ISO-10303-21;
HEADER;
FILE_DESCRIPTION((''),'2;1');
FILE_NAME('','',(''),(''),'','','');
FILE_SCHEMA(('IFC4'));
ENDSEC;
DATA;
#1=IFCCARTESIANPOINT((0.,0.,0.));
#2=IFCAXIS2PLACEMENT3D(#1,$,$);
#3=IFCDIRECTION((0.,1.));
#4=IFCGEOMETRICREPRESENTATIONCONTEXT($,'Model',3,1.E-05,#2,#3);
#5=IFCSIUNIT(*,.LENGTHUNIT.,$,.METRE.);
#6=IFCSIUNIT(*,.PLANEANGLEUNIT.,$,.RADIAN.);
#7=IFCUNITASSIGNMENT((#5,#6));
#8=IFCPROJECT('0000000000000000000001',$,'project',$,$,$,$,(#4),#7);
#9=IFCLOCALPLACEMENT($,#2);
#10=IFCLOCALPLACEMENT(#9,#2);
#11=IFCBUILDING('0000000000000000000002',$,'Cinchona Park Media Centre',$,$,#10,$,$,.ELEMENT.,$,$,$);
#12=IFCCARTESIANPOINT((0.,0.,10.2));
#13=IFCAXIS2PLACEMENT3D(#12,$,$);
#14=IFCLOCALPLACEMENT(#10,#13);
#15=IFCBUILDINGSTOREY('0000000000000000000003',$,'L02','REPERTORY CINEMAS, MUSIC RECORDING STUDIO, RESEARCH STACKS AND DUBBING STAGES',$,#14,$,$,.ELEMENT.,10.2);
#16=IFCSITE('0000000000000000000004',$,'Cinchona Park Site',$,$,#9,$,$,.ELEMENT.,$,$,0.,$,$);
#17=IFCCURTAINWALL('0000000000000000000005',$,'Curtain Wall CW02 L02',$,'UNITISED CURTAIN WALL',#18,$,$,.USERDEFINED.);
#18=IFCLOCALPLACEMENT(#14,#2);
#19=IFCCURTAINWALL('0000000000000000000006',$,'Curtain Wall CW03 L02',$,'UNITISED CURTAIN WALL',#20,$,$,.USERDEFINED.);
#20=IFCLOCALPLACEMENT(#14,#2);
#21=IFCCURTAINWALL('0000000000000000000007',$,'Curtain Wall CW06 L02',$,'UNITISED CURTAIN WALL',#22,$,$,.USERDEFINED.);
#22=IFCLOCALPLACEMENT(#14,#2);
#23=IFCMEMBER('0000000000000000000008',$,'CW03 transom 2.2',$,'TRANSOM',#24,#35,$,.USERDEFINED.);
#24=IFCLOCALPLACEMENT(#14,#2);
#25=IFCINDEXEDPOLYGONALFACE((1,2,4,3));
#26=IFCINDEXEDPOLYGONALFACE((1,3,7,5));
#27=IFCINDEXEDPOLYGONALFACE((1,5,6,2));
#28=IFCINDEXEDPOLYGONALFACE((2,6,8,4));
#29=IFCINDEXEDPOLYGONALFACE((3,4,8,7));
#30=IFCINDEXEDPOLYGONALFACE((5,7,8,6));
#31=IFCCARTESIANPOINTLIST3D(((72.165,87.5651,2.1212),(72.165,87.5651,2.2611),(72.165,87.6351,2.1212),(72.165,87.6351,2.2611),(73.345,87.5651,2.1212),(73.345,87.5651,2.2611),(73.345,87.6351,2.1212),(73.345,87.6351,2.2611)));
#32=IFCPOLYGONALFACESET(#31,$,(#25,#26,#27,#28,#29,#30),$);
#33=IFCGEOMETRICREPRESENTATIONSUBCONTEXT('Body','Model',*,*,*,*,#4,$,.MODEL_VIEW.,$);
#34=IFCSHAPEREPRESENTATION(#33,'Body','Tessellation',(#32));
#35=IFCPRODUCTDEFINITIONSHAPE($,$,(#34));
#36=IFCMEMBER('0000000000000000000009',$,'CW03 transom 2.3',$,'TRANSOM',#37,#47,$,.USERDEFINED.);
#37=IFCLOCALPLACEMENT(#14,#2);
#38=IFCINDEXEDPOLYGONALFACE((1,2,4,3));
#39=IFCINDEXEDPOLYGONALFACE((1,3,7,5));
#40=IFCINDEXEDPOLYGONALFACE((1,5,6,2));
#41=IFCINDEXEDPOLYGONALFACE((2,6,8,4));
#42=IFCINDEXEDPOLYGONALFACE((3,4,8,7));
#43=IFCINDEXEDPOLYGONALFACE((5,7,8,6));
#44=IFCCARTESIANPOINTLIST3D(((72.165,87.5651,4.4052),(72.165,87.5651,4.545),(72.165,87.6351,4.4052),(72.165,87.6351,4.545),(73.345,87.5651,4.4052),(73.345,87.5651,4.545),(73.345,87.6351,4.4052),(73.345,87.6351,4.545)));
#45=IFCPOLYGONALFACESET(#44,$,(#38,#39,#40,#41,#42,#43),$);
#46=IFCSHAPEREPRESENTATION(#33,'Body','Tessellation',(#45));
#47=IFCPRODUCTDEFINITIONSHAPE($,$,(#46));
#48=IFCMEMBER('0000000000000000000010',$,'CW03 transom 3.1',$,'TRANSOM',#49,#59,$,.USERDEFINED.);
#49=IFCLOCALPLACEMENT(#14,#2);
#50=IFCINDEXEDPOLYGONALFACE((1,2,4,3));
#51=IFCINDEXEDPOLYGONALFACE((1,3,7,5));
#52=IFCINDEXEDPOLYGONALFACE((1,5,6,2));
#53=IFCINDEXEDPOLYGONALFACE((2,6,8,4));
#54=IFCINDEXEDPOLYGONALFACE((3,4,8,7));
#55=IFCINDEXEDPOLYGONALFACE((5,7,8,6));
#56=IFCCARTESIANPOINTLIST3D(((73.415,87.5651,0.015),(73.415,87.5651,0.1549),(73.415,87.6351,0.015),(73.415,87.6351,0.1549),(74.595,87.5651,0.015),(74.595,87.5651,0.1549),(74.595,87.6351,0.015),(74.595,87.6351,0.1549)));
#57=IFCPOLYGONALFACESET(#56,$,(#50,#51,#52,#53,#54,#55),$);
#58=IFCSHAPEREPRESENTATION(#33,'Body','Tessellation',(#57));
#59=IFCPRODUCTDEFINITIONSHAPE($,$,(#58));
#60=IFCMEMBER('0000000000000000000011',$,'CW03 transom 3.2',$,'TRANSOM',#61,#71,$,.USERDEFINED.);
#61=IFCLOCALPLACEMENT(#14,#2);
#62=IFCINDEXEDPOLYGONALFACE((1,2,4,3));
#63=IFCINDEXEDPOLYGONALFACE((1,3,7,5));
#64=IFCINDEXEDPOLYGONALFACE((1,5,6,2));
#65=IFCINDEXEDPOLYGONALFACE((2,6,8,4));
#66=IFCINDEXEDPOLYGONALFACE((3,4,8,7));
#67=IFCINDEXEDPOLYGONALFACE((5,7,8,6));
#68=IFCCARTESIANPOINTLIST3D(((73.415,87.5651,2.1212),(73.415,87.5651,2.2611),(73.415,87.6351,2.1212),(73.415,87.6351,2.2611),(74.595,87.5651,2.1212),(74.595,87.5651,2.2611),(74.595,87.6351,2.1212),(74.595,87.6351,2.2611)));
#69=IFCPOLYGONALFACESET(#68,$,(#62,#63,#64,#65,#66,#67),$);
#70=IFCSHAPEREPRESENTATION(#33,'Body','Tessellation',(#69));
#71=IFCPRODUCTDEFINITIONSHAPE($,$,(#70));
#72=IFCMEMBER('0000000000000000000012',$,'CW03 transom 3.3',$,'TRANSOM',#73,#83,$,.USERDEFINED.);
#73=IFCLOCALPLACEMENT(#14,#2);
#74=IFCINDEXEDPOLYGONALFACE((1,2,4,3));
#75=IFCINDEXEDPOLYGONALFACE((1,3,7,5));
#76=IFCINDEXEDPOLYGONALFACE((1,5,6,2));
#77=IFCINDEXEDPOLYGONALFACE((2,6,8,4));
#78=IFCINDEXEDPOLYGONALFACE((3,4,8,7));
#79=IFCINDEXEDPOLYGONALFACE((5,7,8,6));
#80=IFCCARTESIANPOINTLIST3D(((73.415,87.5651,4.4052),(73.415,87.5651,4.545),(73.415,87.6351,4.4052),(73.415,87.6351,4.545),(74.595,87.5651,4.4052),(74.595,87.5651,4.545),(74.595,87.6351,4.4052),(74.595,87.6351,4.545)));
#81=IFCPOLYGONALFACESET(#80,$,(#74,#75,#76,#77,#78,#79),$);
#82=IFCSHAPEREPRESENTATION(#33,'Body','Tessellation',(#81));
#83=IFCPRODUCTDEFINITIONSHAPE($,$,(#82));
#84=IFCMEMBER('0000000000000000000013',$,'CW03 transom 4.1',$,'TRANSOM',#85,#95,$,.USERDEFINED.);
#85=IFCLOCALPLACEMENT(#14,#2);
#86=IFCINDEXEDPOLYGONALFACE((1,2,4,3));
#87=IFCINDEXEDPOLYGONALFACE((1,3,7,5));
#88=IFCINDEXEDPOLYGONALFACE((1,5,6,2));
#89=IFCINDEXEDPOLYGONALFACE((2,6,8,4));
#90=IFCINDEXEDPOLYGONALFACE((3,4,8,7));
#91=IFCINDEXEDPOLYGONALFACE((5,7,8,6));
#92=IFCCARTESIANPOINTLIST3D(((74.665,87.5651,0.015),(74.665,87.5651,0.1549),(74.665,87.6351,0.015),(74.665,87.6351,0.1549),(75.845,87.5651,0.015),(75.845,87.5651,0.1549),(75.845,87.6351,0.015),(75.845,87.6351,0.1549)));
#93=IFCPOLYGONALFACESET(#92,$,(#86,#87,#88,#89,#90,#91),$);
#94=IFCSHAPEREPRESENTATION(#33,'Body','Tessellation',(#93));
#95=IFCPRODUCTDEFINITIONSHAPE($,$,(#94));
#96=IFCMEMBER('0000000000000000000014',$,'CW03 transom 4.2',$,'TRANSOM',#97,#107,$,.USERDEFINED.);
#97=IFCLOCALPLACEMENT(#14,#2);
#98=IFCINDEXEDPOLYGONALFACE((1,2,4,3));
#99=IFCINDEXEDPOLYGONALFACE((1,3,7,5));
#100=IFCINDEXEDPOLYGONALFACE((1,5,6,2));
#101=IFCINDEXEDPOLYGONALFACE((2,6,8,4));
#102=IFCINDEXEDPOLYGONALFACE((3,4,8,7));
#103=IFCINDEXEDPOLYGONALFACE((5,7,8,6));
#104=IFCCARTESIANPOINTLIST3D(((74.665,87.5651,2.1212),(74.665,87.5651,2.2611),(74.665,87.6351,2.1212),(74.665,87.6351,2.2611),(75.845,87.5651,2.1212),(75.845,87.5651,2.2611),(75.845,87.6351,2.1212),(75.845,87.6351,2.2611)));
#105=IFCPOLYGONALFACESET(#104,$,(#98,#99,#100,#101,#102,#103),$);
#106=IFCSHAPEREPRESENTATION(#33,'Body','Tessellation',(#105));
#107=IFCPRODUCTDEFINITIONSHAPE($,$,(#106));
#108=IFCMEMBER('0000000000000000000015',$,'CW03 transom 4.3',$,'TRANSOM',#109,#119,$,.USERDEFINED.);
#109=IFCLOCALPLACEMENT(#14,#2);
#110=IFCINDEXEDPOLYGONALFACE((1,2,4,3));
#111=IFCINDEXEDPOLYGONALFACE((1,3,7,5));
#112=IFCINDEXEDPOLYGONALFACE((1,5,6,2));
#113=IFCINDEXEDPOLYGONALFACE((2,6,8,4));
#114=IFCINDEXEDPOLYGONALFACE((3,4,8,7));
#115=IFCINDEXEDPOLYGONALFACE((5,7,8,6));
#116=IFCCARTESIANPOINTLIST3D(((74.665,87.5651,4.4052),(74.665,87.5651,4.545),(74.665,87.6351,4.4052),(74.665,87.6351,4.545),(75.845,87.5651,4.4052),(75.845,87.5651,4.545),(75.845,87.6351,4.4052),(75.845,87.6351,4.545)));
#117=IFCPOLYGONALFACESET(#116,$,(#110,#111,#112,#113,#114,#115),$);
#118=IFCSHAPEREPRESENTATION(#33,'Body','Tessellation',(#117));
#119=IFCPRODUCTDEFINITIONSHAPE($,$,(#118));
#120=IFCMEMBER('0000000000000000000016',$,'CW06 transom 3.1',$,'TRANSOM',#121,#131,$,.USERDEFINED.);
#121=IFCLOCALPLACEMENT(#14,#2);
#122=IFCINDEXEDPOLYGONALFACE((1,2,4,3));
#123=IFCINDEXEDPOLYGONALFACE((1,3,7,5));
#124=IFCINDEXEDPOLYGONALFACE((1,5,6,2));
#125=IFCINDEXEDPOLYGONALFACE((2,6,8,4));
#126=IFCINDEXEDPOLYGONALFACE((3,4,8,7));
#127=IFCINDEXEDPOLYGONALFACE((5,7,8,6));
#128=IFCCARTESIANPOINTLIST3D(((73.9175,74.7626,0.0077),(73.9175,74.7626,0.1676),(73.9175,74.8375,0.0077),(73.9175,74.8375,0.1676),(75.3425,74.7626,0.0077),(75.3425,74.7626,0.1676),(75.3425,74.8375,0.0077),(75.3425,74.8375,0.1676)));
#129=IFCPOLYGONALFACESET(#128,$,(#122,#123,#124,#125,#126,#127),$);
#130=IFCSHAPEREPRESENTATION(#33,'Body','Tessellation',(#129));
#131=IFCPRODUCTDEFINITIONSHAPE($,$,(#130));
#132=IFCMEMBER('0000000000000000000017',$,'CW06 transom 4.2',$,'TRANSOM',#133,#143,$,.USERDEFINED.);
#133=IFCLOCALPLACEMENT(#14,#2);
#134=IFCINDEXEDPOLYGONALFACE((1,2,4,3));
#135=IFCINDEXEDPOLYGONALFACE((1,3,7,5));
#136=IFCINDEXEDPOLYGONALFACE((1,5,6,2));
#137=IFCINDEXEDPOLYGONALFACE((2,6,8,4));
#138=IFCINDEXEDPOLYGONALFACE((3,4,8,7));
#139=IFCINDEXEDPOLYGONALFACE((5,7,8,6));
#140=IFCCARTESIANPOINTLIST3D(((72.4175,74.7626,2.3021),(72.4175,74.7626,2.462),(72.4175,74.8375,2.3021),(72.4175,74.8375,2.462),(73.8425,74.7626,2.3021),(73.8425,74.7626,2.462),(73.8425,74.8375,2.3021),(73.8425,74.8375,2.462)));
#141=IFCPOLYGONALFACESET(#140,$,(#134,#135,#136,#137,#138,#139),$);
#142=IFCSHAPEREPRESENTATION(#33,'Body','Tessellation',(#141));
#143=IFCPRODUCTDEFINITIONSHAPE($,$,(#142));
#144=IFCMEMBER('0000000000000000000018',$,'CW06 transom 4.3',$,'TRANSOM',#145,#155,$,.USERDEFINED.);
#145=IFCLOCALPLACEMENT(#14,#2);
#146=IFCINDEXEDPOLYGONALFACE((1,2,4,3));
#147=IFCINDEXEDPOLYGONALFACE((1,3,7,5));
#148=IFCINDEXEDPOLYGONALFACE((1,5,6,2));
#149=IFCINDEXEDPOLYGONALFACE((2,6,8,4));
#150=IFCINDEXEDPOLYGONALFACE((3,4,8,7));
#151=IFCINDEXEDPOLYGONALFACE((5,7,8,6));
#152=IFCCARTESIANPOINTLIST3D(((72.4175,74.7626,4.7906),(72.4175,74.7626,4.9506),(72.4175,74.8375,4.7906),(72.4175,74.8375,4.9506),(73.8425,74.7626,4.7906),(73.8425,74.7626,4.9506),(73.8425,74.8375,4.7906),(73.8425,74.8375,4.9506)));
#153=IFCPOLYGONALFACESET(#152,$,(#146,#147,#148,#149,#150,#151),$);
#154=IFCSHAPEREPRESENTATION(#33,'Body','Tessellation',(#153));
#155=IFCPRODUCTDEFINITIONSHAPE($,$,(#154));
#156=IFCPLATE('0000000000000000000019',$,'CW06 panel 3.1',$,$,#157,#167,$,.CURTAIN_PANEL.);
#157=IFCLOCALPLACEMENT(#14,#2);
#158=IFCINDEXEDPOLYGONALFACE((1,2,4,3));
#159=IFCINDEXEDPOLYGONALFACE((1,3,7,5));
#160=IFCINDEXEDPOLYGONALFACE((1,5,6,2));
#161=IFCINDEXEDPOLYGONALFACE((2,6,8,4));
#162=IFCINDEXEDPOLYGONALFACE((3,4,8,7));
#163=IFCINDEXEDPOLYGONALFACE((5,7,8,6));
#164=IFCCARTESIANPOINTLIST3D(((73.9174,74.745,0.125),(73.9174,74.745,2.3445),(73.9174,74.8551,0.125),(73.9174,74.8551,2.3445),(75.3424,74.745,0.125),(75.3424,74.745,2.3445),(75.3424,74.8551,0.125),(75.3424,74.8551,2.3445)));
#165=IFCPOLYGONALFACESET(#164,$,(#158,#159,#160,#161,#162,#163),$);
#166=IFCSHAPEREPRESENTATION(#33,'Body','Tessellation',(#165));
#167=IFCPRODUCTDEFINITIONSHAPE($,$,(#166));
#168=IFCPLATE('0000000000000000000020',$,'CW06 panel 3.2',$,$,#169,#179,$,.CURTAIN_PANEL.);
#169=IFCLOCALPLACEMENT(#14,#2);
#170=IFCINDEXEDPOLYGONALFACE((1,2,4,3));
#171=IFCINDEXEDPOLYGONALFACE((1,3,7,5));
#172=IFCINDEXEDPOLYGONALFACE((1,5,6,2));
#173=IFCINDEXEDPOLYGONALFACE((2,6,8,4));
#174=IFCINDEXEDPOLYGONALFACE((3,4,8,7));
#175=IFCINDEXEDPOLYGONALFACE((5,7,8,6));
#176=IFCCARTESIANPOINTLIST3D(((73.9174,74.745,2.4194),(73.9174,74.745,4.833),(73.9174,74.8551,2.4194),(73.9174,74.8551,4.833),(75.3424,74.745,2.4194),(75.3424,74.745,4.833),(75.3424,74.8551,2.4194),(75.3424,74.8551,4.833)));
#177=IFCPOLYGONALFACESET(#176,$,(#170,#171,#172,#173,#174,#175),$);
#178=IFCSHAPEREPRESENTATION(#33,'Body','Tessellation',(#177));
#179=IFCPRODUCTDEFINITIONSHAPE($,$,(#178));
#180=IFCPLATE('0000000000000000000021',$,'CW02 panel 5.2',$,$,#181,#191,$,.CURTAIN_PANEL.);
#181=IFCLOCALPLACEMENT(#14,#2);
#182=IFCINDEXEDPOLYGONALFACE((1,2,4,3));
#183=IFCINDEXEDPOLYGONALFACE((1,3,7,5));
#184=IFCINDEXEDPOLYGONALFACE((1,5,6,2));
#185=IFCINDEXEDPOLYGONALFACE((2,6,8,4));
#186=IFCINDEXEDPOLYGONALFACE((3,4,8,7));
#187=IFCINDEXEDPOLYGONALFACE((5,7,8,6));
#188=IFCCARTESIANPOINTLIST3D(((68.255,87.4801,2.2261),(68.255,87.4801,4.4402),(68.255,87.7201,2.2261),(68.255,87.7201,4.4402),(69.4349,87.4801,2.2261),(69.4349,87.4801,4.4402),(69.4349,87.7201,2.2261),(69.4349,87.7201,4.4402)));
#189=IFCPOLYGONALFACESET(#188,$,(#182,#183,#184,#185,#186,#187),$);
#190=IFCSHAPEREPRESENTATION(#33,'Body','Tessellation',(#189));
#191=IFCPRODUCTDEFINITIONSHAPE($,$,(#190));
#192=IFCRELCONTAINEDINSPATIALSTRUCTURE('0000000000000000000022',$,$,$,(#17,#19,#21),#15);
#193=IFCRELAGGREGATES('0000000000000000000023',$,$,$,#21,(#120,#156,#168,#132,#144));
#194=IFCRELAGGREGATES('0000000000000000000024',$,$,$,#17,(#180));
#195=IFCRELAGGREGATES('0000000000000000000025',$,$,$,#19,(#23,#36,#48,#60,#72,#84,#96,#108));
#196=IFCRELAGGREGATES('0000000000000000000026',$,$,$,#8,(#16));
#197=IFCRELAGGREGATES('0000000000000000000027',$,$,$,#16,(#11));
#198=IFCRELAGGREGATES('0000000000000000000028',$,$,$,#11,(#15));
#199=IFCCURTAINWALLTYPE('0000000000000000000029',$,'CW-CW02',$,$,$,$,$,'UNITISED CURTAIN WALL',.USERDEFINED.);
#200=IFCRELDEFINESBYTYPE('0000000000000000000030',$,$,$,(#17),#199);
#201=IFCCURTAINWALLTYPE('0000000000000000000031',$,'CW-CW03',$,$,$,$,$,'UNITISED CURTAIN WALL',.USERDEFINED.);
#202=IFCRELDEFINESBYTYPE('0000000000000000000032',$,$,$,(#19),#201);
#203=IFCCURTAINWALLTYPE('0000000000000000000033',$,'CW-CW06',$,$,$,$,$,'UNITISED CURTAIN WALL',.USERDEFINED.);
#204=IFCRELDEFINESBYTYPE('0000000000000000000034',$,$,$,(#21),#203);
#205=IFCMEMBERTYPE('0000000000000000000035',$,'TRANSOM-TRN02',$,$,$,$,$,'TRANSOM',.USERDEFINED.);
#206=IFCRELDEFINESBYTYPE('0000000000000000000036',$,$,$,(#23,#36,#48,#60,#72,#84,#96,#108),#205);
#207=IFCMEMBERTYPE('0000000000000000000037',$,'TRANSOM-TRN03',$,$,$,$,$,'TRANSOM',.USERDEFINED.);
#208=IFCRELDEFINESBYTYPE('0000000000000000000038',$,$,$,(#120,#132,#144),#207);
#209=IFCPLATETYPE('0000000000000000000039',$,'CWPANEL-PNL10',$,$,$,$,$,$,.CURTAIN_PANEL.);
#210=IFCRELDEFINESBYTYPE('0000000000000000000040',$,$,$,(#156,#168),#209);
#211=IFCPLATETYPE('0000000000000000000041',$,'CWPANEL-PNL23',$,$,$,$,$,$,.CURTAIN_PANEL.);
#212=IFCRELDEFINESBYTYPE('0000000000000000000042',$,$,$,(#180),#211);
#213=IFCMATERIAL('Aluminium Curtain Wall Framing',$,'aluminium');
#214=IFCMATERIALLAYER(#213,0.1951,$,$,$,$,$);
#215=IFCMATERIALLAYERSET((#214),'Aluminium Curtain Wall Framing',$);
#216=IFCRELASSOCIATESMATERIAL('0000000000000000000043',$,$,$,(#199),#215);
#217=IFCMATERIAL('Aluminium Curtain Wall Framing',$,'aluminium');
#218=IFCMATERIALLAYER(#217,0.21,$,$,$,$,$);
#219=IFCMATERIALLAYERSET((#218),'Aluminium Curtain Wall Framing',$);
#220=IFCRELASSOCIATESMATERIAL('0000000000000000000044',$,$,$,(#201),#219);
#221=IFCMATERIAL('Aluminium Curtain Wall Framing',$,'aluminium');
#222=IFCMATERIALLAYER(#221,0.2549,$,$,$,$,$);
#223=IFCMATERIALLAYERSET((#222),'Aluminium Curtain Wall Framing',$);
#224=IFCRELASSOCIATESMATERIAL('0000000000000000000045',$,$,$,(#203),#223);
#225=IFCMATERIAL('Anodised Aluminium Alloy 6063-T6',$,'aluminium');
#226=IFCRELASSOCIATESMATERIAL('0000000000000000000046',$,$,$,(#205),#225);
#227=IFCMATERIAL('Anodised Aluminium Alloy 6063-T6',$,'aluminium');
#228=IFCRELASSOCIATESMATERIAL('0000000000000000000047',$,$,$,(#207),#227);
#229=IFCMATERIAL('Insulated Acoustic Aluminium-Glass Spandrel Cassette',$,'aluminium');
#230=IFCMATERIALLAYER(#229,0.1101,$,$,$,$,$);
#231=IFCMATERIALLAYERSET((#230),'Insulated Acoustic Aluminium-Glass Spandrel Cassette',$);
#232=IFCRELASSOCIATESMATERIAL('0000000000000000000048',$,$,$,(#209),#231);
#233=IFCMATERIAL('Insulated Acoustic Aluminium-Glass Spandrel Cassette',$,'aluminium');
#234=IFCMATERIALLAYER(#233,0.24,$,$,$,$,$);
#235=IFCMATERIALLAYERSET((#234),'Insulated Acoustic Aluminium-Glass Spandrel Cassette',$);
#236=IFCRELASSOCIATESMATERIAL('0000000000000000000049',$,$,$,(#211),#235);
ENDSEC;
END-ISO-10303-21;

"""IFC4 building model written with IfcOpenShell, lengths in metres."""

from ifc_helpers import new_model, si_unit, direction, frame, origin, origin_2d, place, context, subcontext, project, spatial, rectangle, extrude, material, layer, layer_set, material_profile, profile_set, type_object, element, aggregate, save


model = new_model("IFC4")

# Units and contexts
model_context = context("Model", 3, precision=1e-05, world=origin(), true_north=direction((0.0, 1.0)))
body_context = subcontext(model_context, "Body", "Model", "MODEL_VIEW")
ifc_project = project(units=[si_unit("LENGTHUNIT", "METRE"), si_unit("PLANEANGLEUNIT", "RADIAN")], contexts=[model_context])

# Site, building, storey
site_placement = place(None, origin())
site = spatial("IfcSite", under=ifc_project, at=site_placement, Name="Cinchona Park Site", CompositionType="ELEMENT", RefElevation=0.0)
building_placement = place(site_placement, origin())
building = spatial("IfcBuilding", under=site, at=building_placement, Name="Cinchona Park Media Centre", CompositionType="ELEMENT")
storey_placement = place(building_placement, frame((0.0, 0.0, 10.2)))
storey = spatial("IfcBuildingStorey", under=building, at=storey_placement, Name="L02", Description="REPERTORY CINEMAS, MUSIC RECORDING STUDIO, RESEARCH STACKS AND DUBBING STAGES", CompositionType="ELEMENT", Elevation=10.2)

# Curtain walls
ifc_material_1 = material(Name="Aluminium Curtain Wall Framing", Category="aluminium")
ifc_layer_1 = layer(ifc_material_1, 0.1951)
ifc_layer_set_1 = layer_set([ifc_layer_1], Name="Aluminium Curtain Wall Framing")
curtain_wall_type_1 = type_object("IfcCurtainWallType", Name="CW-CW02", ElementType="UNITISED CURTAIN WALL", PredefinedType="USERDEFINED", material=ifc_layer_set_1)
curtain_wall_1_placement = place(storey_placement, origin())
curtain_wall_1 = element("IfcCurtainWall", 1, at=curtain_wall_1_placement, inside=storey, type_object=curtain_wall_type_1, Name="Curtain Wall CW02 L02", ObjectType="UNITISED CURTAIN WALL", PredefinedType="USERDEFINED")
ifc_material_2 = material(Name="Aluminium Curtain Wall Framing", Category="aluminium")
ifc_layer_2 = layer(ifc_material_2, 0.21)
ifc_layer_set_2 = layer_set([ifc_layer_2], Name="Aluminium Curtain Wall Framing")
curtain_wall_type_2 = type_object("IfcCurtainWallType", Name="CW-CW03", ElementType="UNITISED CURTAIN WALL", PredefinedType="USERDEFINED", material=ifc_layer_set_2)
curtain_wall_2_placement = place(storey_placement, origin())
curtain_wall_2 = element("IfcCurtainWall", 2, at=curtain_wall_2_placement, inside=storey, type_object=curtain_wall_type_2, Name="Curtain Wall CW03 L02", ObjectType="UNITISED CURTAIN WALL", PredefinedType="USERDEFINED")

# Curtain wall
ifc_material_3 = material(Name="Aluminium Curtain Wall Framing", Category="aluminium")
ifc_layer_3 = layer(ifc_material_3, 0.2549)
ifc_layer_set_3 = layer_set([ifc_layer_3], Name="Aluminium Curtain Wall Framing")
curtain_wall_type_3 = type_object("IfcCurtainWallType", Name="CW-CW06", ElementType="UNITISED CURTAIN WALL", PredefinedType="USERDEFINED", material=ifc_layer_set_3)
curtain_wall_3_placement = place(storey_placement, origin())
curtain_wall_3 = element("IfcCurtainWall", 3, at=curtain_wall_3_placement, inside=storey, type_object=curtain_wall_type_3, Name="Curtain Wall CW06 L02", ObjectType="UNITISED CURTAIN WALL", PredefinedType="USERDEFINED")

# Members
ifc_material_4 = material(Name="Anodised Aluminium Alloy 6063-T6", Category="aluminium")
ifc_material_profile_1 = material_profile(ifc_material_4, rectangle(XDim=0.0701, YDim=0.1399, at=origin_2d()), Name="TRN-70X140")
ifc_profile_set_1 = profile_set([ifc_material_profile_1], Name="Anodised Aluminium Alloy 6063-T6")
member_type_1 = type_object("IfcMemberType", Name="TRANSOM-TRN02", ElementType="TRANSOM", PredefinedType="USERDEFINED", material=ifc_profile_set_1)
member_1_placement = place(storey_placement, frame((72.165, 87.6001, 2.1912), z_axis=(1.0, 0.0, 0.0), x_axis=(0.0, 1.0, 0.0)))
member_1 = element("IfcMember", 4, at=member_1_placement, type_object=member_type_1, Name="CW03 transom 2.2", ObjectType="TRANSOM", PredefinedType="USERDEFINED", context=body_context, shape_type="SweptSolid", body=[
    extrude(rectangle(XDim=0.0701, YDim=0.1399, at=origin_2d()), origin(), (0.0, 0.0, 1.0), 1.1799),
])
member_2_placement = place(storey_placement, frame((72.165, 87.6001, 4.4751), z_axis=(1.0, 0.0, 0.0), x_axis=(0.0, 1.0, 0.0)))
member_2 = element("IfcMember", 5, at=member_2_placement, type_object=member_type_1, Name="CW03 transom 2.3", ObjectType="TRANSOM", PredefinedType="USERDEFINED", context=body_context, shape_type="SweptSolid", body=[
    extrude(rectangle(XDim=0.0701, YDim=0.1399, at=origin_2d()), origin(), (0.0, 0.0, 1.0), 1.1799),
])
member_3_placement = place(storey_placement, frame((73.415, 87.6001, 0.085), z_axis=(1.0, 0.0, 0.0), x_axis=(0.0, 1.0, 0.0)))
member_3 = element("IfcMember", 6, at=member_3_placement, type_object=member_type_1, Name="CW03 transom 3.1", ObjectType="TRANSOM", PredefinedType="USERDEFINED", context=body_context, shape_type="SweptSolid", body=[
    extrude(rectangle(XDim=0.0701, YDim=0.1399, at=origin_2d()), origin(), (0.0, 0.0, 1.0), 1.1799),
])
member_4_placement = place(storey_placement, frame((73.415, 87.6001, 2.1912), z_axis=(1.0, 0.0, 0.0), x_axis=(0.0, 1.0, 0.0)))
member_4 = element("IfcMember", 7, at=member_4_placement, type_object=member_type_1, Name="CW03 transom 3.2", ObjectType="TRANSOM", PredefinedType="USERDEFINED", context=body_context, shape_type="SweptSolid", body=[
    extrude(rectangle(XDim=0.0701, YDim=0.1399, at=origin_2d()), origin(), (0.0, 0.0, 1.0), 1.1799),
])
member_5_placement = place(storey_placement, frame((73.415, 87.6001, 4.4751), z_axis=(1.0, 0.0, 0.0), x_axis=(0.0, 1.0, 0.0)))
member_5 = element("IfcMember", 8, at=member_5_placement, type_object=member_type_1, Name="CW03 transom 3.3", ObjectType="TRANSOM", PredefinedType="USERDEFINED", context=body_context, shape_type="SweptSolid", body=[
    extrude(rectangle(XDim=0.0701, YDim=0.1399, at=origin_2d()), origin(), (0.0, 0.0, 1.0), 1.1799),
])
member_6_placement = place(storey_placement, frame((74.665, 87.6001, 0.085), z_axis=(1.0, 0.0, 0.0), x_axis=(0.0, 1.0, 0.0)))
member_6 = element("IfcMember", 9, at=member_6_placement, type_object=member_type_1, Name="CW03 transom 4.1", ObjectType="TRANSOM", PredefinedType="USERDEFINED", context=body_context, shape_type="SweptSolid", body=[
    extrude(rectangle(XDim=0.0701, YDim=0.1399, at=origin_2d()), origin(), (0.0, 0.0, 1.0), 1.1799),
])
member_7_placement = place(storey_placement, frame((74.665, 87.6001, 2.1912), z_axis=(1.0, 0.0, 0.0), x_axis=(0.0, 1.0, 0.0)))
member_7 = element("IfcMember", 10, at=member_7_placement, type_object=member_type_1, Name="CW03 transom 4.2", ObjectType="TRANSOM", PredefinedType="USERDEFINED", context=body_context, shape_type="SweptSolid", body=[
    extrude(rectangle(XDim=0.0701, YDim=0.1399, at=origin_2d()), origin(), (0.0, 0.0, 1.0), 1.1799),
])
member_8_placement = place(storey_placement, frame((74.665, 87.6001, 4.4751), z_axis=(1.0, 0.0, 0.0), x_axis=(0.0, 1.0, 0.0)))
member_8 = element("IfcMember", 11, at=member_8_placement, type_object=member_type_1, Name="CW03 transom 4.3", ObjectType="TRANSOM", PredefinedType="USERDEFINED", context=body_context, shape_type="SweptSolid", body=[
    extrude(rectangle(XDim=0.0701, YDim=0.1399, at=origin_2d()), origin(), (0.0, 0.0, 1.0), 1.1799),
])
ifc_material_5 = material(Name="Anodised Aluminium Alloy 6063-T6", Category="aluminium")
ifc_material_profile_2 = material_profile(ifc_material_5, rectangle(XDim=0.075, YDim=0.1599, at=origin_2d()), Name="TRN-75X160")
ifc_profile_set_2 = profile_set([ifc_material_profile_2], Name="Anodised Aluminium Alloy 6063-T6")
member_type_2 = type_object("IfcMemberType", Name="TRANSOM-TRN03", ElementType="TRANSOM", PredefinedType="USERDEFINED", material=ifc_profile_set_2)
member_9_placement = place(storey_placement, frame((75.3425, 74.8, 0.0876), z_axis=(-1.0, 0.0, 0.0), x_axis=(0.0, -1.0, 0.0)))
member_9 = element("IfcMember", 12, at=member_9_placement, type_object=member_type_2, Name="CW06 transom 3.1", ObjectType="TRANSOM", PredefinedType="USERDEFINED", context=body_context, shape_type="SweptSolid", body=[
    extrude(rectangle(XDim=0.075, YDim=0.1599, at=origin_2d()), origin(), (0.0, 0.0, 1.0), 1.425),
])
member_10_placement = place(storey_placement, frame((73.8425, 74.8, 2.3821), z_axis=(-1.0, 0.0, 0.0), x_axis=(0.0, -1.0, 0.0)))
member_10 = element("IfcMember", 13, at=member_10_placement, type_object=member_type_2, Name="CW06 transom 4.2", ObjectType="TRANSOM", PredefinedType="USERDEFINED", context=body_context, shape_type="SweptSolid", body=[
    extrude(rectangle(XDim=0.075, YDim=0.1599, at=origin_2d()), origin(), (0.0, 0.0, 1.0), 1.425),
])
member_11_placement = place(storey_placement, frame((73.8425, 74.8, 4.8706), z_axis=(-1.0, 0.0, 0.0), x_axis=(0.0, -1.0, 0.0)))
member_11 = element("IfcMember", 14, at=member_11_placement, type_object=member_type_2, Name="CW06 transom 4.3", ObjectType="TRANSOM", PredefinedType="USERDEFINED", context=body_context, shape_type="SweptSolid", body=[
    extrude(rectangle(XDim=0.075, YDim=0.1599, at=origin_2d()), origin(), (0.0, 0.0, 1.0), 1.425),
])

# Plates
ifc_material_6 = material(Name="Insulated Acoustic Aluminium-Glass Spandrel Cassette", Category="aluminium")
ifc_layer_4 = layer(ifc_material_6, 0.1101)
ifc_layer_set_4 = layer_set([ifc_layer_4], Name="Insulated Acoustic Aluminium-Glass Spandrel Cassette")
plate_type_1 = type_object("IfcPlateType", Name="CWPANEL-PNL10", PredefinedType="CURTAIN_PANEL", material=ifc_layer_set_4)
plate_1_placement = place(storey_placement, frame((74.6299, 74.8, 0.125), z_axis=(0.0, 0.0, 1.0), x_axis=(-1.0, 0.0, 0.0)))
plate_1 = element("IfcPlate", 15, at=plate_1_placement, type_object=plate_type_1, Name="CW06 panel 3.1", PredefinedType="CURTAIN_PANEL", context=body_context, shape_type="SweptSolid", body=[
    extrude(rectangle(XDim=1.425, YDim=0.1101, at=origin_2d()), origin(), (0.0, 0.0, 1.0), 2.2195),
])
plate_2_placement = place(storey_placement, frame((74.6299, 74.8, 2.4194), z_axis=(0.0, 0.0, 1.0), x_axis=(-1.0, 0.0, 0.0)))
plate_2 = element("IfcPlate", 16, at=plate_2_placement, type_object=plate_type_1, Name="CW06 panel 3.2", PredefinedType="CURTAIN_PANEL", context=body_context, shape_type="SweptSolid", body=[
    extrude(rectangle(XDim=1.425, YDim=0.1101, at=origin_2d()), origin(), (0.0, 0.0, 1.0), 2.4136),
])
aggregate(curtain_wall_3, [member_9, plate_1, plate_2, member_10, member_11])
ifc_material_7 = material(Name="Insulated Acoustic Aluminium-Glass Spandrel Cassette", Category="aluminium")
ifc_layer_5 = layer(ifc_material_7, 0.24)
ifc_layer_set_5 = layer_set([ifc_layer_5], Name="Insulated Acoustic Aluminium-Glass Spandrel Cassette")
plate_type_2 = type_object("IfcPlateType", Name="CWPANEL-PNL23", PredefinedType="CURTAIN_PANEL", material=ifc_layer_set_5)
plate_3_placement = place(storey_placement, frame((68.845, 87.6001, 2.2261), z_axis=(0.0, 0.0, 1.0), x_axis=(1.0, 0.0, 0.0)))
plate_3 = element("IfcPlate", 17, at=plate_3_placement, type_object=plate_type_2, Name="CW02 panel 5.2", PredefinedType="CURTAIN_PANEL", context=body_context, shape_type="SweptSolid", body=[
    extrude(rectangle(XDim=1.1799, YDim=0.24, at=origin_2d()), origin(), (0.0, 0.0, 1.0), 2.2141),
])
aggregate(curtain_wall_1, [plate_3])
aggregate(curtain_wall_2, [member_1, member_2, member_3, member_4, member_5, member_6, member_7, member_8])

save(model, "model.ifc")
